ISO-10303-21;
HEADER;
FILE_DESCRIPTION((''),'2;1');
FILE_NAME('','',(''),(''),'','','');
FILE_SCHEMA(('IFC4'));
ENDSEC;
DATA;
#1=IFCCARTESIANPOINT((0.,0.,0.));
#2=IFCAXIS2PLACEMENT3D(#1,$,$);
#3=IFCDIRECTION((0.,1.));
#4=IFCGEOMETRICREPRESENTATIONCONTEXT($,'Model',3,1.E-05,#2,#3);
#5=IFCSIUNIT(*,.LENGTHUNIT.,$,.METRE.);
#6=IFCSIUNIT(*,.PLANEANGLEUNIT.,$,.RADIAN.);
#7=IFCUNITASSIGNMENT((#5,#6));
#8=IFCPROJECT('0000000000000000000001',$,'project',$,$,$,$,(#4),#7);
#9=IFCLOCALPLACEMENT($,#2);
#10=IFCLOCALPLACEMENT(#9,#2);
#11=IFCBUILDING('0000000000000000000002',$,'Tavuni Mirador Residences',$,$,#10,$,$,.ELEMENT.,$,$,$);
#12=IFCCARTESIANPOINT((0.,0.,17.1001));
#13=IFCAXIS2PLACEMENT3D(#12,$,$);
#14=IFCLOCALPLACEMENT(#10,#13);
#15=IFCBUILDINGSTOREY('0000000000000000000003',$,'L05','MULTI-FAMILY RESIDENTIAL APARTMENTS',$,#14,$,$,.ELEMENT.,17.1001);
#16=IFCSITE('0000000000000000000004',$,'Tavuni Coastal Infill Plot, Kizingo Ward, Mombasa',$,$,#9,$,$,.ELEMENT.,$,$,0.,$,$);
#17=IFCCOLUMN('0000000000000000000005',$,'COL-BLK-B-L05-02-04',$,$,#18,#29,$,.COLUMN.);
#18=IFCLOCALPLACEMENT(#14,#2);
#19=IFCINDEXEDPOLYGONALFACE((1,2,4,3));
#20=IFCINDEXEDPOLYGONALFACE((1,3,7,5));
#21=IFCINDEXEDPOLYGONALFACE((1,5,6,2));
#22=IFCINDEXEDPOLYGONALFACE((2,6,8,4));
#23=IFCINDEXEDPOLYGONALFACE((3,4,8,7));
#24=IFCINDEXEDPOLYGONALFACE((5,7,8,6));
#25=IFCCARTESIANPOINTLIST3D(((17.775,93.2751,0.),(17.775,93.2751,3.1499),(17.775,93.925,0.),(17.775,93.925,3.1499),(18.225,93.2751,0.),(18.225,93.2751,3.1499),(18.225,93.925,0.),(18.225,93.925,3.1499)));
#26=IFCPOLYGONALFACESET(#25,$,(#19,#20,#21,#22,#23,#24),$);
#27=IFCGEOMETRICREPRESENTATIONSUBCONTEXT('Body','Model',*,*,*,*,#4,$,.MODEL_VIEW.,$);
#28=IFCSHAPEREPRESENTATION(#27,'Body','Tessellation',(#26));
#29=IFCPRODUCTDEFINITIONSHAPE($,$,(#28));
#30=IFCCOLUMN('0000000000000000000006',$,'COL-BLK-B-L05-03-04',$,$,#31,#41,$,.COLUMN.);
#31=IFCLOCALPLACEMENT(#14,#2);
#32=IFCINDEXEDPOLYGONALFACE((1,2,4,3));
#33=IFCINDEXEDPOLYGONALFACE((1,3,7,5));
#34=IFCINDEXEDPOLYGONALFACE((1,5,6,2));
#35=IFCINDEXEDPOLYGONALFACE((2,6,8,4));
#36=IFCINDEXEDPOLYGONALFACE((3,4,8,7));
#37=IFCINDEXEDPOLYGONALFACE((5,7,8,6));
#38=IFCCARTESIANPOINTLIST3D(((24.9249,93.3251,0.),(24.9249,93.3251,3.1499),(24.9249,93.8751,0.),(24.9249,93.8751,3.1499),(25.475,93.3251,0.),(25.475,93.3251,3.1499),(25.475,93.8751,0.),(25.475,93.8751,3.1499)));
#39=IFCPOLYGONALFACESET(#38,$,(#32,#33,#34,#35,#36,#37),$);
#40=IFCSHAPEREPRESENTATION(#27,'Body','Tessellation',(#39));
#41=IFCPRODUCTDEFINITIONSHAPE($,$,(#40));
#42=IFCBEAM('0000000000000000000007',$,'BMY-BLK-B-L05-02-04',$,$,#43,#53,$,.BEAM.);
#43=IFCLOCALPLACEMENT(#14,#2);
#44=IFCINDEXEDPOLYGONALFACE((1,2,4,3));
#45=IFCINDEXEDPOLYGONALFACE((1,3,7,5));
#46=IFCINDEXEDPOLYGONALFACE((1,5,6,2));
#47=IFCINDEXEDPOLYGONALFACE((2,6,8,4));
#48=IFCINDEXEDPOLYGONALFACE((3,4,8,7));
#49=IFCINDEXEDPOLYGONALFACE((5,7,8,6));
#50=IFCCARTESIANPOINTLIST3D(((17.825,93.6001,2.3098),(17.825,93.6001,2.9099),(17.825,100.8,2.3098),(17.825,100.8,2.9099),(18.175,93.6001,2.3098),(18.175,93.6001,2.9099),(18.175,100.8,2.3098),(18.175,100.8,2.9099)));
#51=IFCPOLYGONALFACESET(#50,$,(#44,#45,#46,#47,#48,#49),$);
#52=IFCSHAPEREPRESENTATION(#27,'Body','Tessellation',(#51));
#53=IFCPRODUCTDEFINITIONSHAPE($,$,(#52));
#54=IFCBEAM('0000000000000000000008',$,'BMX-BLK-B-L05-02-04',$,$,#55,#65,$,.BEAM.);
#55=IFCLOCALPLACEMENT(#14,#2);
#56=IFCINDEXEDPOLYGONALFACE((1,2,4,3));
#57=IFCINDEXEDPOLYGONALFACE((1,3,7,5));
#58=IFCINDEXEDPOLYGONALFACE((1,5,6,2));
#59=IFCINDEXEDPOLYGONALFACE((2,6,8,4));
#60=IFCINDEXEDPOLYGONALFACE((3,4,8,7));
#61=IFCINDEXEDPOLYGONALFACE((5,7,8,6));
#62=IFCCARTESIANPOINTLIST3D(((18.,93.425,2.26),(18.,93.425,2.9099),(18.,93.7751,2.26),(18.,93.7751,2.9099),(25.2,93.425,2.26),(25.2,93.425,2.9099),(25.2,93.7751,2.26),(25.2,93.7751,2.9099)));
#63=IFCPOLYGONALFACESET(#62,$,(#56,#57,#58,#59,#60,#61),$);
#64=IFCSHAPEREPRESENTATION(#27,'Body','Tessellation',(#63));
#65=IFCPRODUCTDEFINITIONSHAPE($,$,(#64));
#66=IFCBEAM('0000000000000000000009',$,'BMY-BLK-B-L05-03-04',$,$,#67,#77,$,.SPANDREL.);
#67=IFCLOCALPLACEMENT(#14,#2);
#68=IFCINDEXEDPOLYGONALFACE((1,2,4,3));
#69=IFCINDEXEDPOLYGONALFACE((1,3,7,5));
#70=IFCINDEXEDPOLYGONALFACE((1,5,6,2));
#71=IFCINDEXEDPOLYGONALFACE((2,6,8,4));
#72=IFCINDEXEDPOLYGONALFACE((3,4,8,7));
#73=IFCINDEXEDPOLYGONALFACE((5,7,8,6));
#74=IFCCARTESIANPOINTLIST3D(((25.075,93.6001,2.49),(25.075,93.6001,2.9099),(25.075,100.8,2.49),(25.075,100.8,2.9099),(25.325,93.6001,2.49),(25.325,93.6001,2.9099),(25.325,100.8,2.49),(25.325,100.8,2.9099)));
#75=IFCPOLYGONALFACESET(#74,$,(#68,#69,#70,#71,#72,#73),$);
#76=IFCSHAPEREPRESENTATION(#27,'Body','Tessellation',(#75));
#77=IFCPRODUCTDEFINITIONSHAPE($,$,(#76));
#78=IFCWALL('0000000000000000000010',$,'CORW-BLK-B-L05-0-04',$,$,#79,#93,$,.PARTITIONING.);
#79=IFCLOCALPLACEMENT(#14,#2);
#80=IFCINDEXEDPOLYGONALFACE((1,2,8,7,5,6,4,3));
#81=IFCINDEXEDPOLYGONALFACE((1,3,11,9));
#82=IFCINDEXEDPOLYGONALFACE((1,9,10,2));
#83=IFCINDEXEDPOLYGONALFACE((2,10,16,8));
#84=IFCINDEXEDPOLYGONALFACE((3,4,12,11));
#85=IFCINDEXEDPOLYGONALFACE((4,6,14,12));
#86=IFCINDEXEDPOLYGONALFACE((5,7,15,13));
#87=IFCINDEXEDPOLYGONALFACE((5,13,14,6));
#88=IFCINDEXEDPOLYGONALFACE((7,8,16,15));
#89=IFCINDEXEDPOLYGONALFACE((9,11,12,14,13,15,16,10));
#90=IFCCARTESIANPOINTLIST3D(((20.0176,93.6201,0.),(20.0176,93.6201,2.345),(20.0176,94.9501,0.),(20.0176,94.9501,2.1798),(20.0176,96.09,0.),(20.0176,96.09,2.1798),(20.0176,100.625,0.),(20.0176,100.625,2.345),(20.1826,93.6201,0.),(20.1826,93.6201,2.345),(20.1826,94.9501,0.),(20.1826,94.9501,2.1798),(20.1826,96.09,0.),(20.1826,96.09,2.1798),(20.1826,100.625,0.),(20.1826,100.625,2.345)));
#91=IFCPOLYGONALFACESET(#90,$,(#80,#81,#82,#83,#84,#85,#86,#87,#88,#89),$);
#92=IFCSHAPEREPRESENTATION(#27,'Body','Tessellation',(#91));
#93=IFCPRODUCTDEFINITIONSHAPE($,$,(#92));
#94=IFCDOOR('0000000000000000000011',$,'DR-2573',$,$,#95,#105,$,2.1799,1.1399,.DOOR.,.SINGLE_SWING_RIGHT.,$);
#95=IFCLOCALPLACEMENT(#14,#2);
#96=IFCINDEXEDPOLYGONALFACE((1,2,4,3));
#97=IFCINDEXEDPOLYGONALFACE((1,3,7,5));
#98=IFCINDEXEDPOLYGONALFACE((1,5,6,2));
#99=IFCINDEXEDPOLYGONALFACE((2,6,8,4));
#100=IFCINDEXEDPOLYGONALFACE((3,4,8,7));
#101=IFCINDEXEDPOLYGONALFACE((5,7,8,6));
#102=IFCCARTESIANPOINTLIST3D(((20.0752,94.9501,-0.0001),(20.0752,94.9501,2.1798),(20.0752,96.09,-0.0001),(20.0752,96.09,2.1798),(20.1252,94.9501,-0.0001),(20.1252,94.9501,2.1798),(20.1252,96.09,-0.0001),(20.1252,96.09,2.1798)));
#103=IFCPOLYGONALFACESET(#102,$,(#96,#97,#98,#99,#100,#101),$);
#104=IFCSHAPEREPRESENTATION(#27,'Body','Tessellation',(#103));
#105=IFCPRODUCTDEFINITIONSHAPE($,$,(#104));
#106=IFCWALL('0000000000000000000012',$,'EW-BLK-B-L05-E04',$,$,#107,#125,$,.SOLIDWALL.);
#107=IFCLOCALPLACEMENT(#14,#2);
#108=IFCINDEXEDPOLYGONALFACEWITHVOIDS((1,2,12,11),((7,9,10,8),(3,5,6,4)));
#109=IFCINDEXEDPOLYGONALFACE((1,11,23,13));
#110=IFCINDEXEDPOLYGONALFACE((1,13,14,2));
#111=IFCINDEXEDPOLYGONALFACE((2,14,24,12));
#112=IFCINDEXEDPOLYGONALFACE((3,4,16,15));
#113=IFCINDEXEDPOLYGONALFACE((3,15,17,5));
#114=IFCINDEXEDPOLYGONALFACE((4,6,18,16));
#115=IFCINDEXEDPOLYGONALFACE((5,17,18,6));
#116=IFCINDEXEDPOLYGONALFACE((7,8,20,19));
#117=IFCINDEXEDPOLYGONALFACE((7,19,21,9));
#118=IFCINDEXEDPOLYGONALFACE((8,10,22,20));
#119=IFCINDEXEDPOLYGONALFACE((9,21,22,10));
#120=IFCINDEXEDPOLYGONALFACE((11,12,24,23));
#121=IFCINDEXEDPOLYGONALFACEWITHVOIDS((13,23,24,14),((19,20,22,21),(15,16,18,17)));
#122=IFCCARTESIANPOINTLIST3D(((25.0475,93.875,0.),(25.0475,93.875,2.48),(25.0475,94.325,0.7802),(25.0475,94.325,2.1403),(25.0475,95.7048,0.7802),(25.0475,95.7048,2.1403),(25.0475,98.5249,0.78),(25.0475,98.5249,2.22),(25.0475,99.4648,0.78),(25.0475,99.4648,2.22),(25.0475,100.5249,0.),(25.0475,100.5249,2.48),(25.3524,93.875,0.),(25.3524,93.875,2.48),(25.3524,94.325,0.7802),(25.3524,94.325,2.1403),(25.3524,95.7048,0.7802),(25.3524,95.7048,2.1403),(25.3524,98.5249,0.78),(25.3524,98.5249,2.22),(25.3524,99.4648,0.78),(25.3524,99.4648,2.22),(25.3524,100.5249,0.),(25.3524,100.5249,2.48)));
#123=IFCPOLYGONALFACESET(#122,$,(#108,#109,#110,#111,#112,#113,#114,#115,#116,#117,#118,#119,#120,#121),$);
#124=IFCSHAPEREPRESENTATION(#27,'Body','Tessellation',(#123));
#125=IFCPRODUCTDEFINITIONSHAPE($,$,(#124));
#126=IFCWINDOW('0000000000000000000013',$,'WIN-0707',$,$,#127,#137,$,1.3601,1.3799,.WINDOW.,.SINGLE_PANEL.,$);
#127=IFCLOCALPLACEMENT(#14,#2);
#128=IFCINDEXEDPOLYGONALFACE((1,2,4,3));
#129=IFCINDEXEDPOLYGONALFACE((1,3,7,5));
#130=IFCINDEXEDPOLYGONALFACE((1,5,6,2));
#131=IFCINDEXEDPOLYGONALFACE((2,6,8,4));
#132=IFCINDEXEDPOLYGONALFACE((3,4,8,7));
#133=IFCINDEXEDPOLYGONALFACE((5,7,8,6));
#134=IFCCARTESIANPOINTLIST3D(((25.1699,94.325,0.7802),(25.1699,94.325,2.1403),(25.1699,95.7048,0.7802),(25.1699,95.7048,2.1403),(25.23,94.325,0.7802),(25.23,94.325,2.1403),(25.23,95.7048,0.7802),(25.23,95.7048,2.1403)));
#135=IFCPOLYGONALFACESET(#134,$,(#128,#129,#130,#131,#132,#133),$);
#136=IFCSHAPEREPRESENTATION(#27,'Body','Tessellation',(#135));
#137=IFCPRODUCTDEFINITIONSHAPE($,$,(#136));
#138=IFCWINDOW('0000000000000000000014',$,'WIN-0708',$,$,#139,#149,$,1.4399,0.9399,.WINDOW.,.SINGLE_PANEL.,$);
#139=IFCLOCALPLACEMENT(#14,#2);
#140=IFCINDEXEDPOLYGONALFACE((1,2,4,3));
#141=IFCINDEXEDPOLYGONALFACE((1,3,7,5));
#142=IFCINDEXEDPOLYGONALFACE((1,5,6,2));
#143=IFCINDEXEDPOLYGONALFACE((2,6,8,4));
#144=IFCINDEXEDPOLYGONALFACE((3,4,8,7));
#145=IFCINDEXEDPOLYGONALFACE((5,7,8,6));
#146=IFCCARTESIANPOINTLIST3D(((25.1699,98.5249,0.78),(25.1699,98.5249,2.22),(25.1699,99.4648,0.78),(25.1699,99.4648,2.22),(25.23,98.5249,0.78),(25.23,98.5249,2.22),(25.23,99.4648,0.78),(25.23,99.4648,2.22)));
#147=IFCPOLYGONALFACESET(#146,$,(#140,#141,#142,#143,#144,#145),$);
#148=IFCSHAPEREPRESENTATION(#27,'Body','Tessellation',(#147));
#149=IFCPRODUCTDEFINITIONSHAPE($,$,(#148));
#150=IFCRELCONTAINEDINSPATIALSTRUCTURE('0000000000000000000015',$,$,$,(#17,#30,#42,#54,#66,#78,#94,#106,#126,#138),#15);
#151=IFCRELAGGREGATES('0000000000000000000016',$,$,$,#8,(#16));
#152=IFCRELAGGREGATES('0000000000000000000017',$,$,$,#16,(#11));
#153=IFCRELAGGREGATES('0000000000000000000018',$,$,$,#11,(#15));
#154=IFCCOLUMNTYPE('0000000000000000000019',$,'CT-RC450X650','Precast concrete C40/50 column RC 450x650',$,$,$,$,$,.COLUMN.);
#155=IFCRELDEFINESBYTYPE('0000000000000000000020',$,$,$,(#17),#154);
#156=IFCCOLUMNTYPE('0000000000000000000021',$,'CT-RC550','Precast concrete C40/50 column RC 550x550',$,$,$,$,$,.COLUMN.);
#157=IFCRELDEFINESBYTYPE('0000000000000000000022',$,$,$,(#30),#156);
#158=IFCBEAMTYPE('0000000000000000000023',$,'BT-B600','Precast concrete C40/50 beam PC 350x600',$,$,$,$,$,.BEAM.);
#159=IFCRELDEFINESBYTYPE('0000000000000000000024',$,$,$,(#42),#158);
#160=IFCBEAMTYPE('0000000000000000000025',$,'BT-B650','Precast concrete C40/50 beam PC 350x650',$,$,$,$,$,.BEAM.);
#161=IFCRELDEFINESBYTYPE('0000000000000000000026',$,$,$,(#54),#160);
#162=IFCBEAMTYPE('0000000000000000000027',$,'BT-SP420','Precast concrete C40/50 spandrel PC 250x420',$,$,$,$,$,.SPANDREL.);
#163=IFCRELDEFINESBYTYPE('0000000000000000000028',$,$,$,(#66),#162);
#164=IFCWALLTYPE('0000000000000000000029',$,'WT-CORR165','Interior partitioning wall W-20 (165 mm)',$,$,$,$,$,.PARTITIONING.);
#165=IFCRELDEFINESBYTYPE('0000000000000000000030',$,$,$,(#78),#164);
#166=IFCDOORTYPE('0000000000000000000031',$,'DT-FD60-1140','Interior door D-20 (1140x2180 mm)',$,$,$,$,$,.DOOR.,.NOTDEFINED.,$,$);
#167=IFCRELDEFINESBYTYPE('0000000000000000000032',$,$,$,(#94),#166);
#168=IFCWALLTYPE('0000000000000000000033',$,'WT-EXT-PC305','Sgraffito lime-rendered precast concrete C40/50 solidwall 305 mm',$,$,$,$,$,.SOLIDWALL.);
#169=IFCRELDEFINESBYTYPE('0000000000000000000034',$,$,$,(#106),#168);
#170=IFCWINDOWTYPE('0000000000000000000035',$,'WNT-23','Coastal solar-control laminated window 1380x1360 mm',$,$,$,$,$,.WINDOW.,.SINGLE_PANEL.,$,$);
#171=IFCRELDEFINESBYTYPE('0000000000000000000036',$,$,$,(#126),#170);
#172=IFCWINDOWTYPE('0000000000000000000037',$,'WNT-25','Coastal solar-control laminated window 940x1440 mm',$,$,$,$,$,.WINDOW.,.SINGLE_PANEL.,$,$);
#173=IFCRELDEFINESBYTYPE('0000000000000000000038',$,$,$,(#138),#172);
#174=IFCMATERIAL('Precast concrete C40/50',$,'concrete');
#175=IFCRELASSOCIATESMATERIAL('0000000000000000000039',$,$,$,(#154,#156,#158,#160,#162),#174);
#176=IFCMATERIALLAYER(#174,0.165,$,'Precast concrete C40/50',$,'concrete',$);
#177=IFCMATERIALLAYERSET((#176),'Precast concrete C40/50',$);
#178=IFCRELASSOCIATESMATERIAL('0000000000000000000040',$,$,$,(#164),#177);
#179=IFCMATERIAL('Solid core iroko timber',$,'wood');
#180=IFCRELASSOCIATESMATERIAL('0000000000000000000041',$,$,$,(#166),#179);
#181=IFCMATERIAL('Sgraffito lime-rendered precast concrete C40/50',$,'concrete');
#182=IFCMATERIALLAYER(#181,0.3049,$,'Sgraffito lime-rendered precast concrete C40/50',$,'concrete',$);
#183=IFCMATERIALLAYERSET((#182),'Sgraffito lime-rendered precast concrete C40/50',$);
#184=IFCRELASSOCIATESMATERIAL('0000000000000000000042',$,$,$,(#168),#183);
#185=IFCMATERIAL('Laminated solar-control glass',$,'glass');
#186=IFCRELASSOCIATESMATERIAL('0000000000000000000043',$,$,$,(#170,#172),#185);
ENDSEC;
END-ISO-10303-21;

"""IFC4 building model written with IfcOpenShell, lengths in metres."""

from ifc_helpers import new_model, si_unit, direction, frame, frame_2d, origin, origin_2d, place, context, subcontext, project, spatial, rectangle, extrude, material, layer, layer_set, material_profile, profile_set, type_object, element, fill, save


model = new_model("IFC4")

# Units and contexts
model_context = context("Model", 3, precision=1e-05, world=origin(), true_north=direction((0.0, 1.0)))
body_context = subcontext(model_context, "Body", "Model", "MODEL_VIEW")
ifc_project = project(units=[si_unit("LENGTHUNIT", "METRE"), si_unit("PLANEANGLEUNIT", "RADIAN")], contexts=[model_context])

# Site, building, storey
site_placement = place(None, origin())
site = spatial("IfcSite", under=ifc_project, at=site_placement, Name="Tavuni Coastal Infill Plot, Kizingo Ward, Mombasa", CompositionType="ELEMENT", RefElevation=0.0)
building_placement = place(site_placement, origin())
building = spatial("IfcBuilding", under=site, at=building_placement, Name="Tavuni Mirador Residences", CompositionType="ELEMENT")
storey_placement = place(building_placement, frame((0.0, 0.0, 17.1001)))
storey = spatial("IfcBuildingStorey", under=building, at=storey_placement, Name="L05", Description="MULTI-FAMILY RESIDENTIAL APARTMENTS", CompositionType="ELEMENT", Elevation=17.1001)

# Columns
ifc_material_1 = material(Name="Precast concrete C40/50", Category="concrete")
ifc_material_profile_1 = material_profile(ifc_material_1, rectangle(XDim=0.45, YDim=0.6499, at=origin_2d()), Name="RC 450x650", Category="concrete")
ifc_profile_set_1 = profile_set([ifc_material_profile_1], Name="Precast concrete C40/50")
column_type_1 = type_object("IfcColumnType", Name="CT-RC450X650", Description="Precast concrete C40/50 column RC 450x650", PredefinedType="COLUMN", material=ifc_profile_set_1)
column_1_placement = place(storey_placement, frame((18.0, 93.6001, 0.0), z_axis=(0.0, 0.0, 1.0), x_axis=(1.0, 0.0, 0.0)))
element("IfcColumn", 1, at=column_1_placement, inside=storey, type_object=column_type_1, Name="COL-BLK-B-L05-02-04", PredefinedType="COLUMN", context=body_context, shape_type="SweptSolid", body=[
    extrude(rectangle(XDim=0.45, YDim=0.6499, at=origin_2d()), origin(), (0.0, 0.0, 1.0), 3.1499),
])
ifc_material_profile_2 = material_profile(ifc_material_1, rectangle(XDim=0.55, YDim=0.55, at=origin_2d()), Name="RC 550x550", Category="concrete")
ifc_profile_set_2 = profile_set([ifc_material_profile_2], Name="Precast concrete C40/50")
column_type_2 = type_object("IfcColumnType", Name="CT-RC550", Description="Precast concrete C40/50 column RC 550x550", PredefinedType="COLUMN", material=ifc_profile_set_2)
column_2_placement = place(storey_placement, frame((25.2, 93.6001, 0.0), z_axis=(0.0, 0.0, 1.0), x_axis=(1.0, 0.0, 0.0)))
element("IfcColumn", 2, at=column_2_placement, inside=storey, type_object=column_type_2, Name="COL-BLK-B-L05-03-04", PredefinedType="COLUMN", context=body_context, shape_type="SweptSolid", body=[
    extrude(rectangle(XDim=0.55, YDim=0.55, at=origin_2d()), origin(), (0.0, 0.0, 1.0), 3.1499),
])

# Beams
ifc_material_profile_3 = material_profile(ifc_material_1, rectangle(XDim=0.3501, YDim=0.6001, at=origin_2d()), Name="PC 350x600", Category="concrete")
ifc_profile_set_3 = profile_set([ifc_material_profile_3], Name="Precast concrete C40/50")
beam_type_1 = type_object("IfcBeamType", Name="BT-B600", Description="Precast concrete C40/50 beam PC 350x600", PredefinedType="BEAM", material=ifc_profile_set_3)
beam_1_placement = place(storey_placement, frame((18.0, 93.6001, 2.6099), z_axis=(0.0, 1.0, 0.0), x_axis=(-1.0, 0.0, 0.0)))
element("IfcBeam", 3, at=beam_1_placement, inside=storey, type_object=beam_type_1, Name="BMY-BLK-B-L05-02-04", PredefinedType="BEAM", context=body_context, shape_type="SweptSolid", body=[
    extrude(rectangle(XDim=0.3501, YDim=0.6001, at=origin_2d()), origin(), (0.0, 0.0, 1.0), 7.2),
])
ifc_material_profile_4 = material_profile(ifc_material_1, rectangle(XDim=0.3501, YDim=0.6499, at=origin_2d()), Name="PC 350x650", Category="concrete")
ifc_profile_set_4 = profile_set([ifc_material_profile_4], Name="Precast concrete C40/50")
beam_type_2 = type_object("IfcBeamType", Name="BT-B650", Description="Precast concrete C40/50 beam PC 350x650", PredefinedType="BEAM", material=ifc_profile_set_4)
beam_2_placement = place(storey_placement, frame((18.0, 93.6001, 2.585), z_axis=(1.0, 0.0, 0.0), x_axis=(0.0, 1.0, 0.0)))
element("IfcBeam", 4, at=beam_2_placement, inside=storey, type_object=beam_type_2, Name="BMX-BLK-B-L05-02-04", PredefinedType="BEAM", context=body_context, shape_type="SweptSolid", body=[
    extrude(rectangle(XDim=0.3501, YDim=0.6499, at=origin_2d()), origin(), (0.0, 0.0, 1.0), 7.2),
])
ifc_material_profile_5 = material_profile(ifc_material_1, rectangle(XDim=0.25, YDim=0.4199, at=origin_2d()), Name="PC 250x420", Category="concrete")
ifc_profile_set_5 = profile_set([ifc_material_profile_5], Name="Precast concrete C40/50")
beam_type_3 = type_object("IfcBeamType", Name="BT-SP420", Description="Precast concrete C40/50 spandrel PC 250x420", PredefinedType="SPANDREL", material=ifc_profile_set_5)
beam_3_placement = place(storey_placement, frame((25.2, 93.6001, 2.7), z_axis=(0.0, 1.0, 0.0), x_axis=(-1.0, 0.0, 0.0)))
element("IfcBeam", 5, at=beam_3_placement, inside=storey, type_object=beam_type_3, Name="BMY-BLK-B-L05-03-04", PredefinedType="SPANDREL", context=body_context, shape_type="SweptSolid", body=[
    extrude(rectangle(XDim=0.25, YDim=0.4199, at=origin_2d()), origin(), (0.0, 0.0, 1.0), 7.2),
])

# Wall, opening, door
ifc_layer_1 = layer(ifc_material_1, 0.165, Name="Precast concrete C40/50", Category="concrete")
ifc_layer_set_1 = layer_set([ifc_layer_1], Name="Precast concrete C40/50")
wall_type_1 = type_object("IfcWallType", Name="WT-CORR165", Description="Interior partitioning wall W-20 (165 mm)", PredefinedType="PARTITIONING", material=ifc_layer_set_1)
wall_1_placement = place(storey_placement, frame((20.1001, 93.6201, 0.0), z_axis=(0.0, 0.0, 1.0), x_axis=(0.0, 1.0, 0.0)))
wall_1 = element("IfcWall", 6, at=wall_1_placement, inside=storey, type_object=wall_type_1, Name="CORW-BLK-B-L05-0-04", PredefinedType="PARTITIONING", context=body_context, shape_type="SweptSolid", body=[
    extrude(rectangle(XDim=7.0049, YDim=0.165, at=frame_2d((3.5024, 0.0))), origin(), (0.0, 0.0, 1.0), 2.345),
])
opening_1_placement = place(wall_1_placement, frame((1.3301, 0.0, 0.0)))
opening_1 = element("IfcOpeningElement", 7, at=opening_1_placement, cuts=wall_1, PredefinedType="OPENING", context=body_context, shape_type="SweptSolid", body=[
    extrude(rectangle(XDim=1.1399, YDim=2.1799, at=frame_2d((0.5698, 1.0898))), frame((0.0, 0.0925, 0.0), z_axis=(0.0, -1.0, 0.0), x_axis=(1.0, 0.0, 0.0)), (0.0, 0.0, 1.0), 0.1851),
])
ifc_material_2 = material(Name="Solid core iroko timber", Category="wood")
door_type_1 = type_object("IfcDoorType", Name="DT-FD60-1140", Description="Interior door D-20 (1140x2180 mm)", OperationType="NOTDEFINED", PredefinedType="DOOR", material=ifc_material_2)
door_1_placement = place(opening_1_placement, origin())
door_1 = element("IfcDoor", 8, at=door_1_placement, inside=storey, type_object=door_type_1, Name="DR-2573", OperationType="SINGLE_SWING_RIGHT", OverallHeight=2.1799, OverallWidth=1.1399, PredefinedType="DOOR", context=body_context, shape_type="SweptSolid", body=[
    extrude(rectangle(XDim=1.1399, YDim=2.1799, at=frame_2d((0.5698, 1.0898))), frame((0.0, 0.0249, 0.0), z_axis=(0.0, -1.0, 0.0), x_axis=(1.0, 0.0, 0.0)), (0.0, 0.0, 1.0), 0.05),
])
fill(opening_1, door_1)

# Wall, openings, windows
ifc_material_3 = material(Name="Sgraffito lime-rendered precast concrete C40/50", Category="concrete")
ifc_layer_2 = layer(ifc_material_3, 0.3049, Name="Sgraffito lime-rendered precast concrete C40/50", Category="concrete")
ifc_layer_set_2 = layer_set([ifc_layer_2], Name="Sgraffito lime-rendered precast concrete C40/50")
wall_type_2 = type_object("IfcWallType", Name="WT-EXT-PC305", Description="Sgraffito lime-rendered precast concrete C40/50 solidwall 305 mm", PredefinedType="SOLIDWALL", material=ifc_layer_set_2)
wall_2_placement = place(storey_placement, frame((25.2, 93.875, 0.0), z_axis=(0.0, 0.0, 1.0), x_axis=(0.0, 1.0, 0.0)))
wall_2 = element("IfcWall", 9, at=wall_2_placement, inside=storey, type_object=wall_type_2, Name="EW-BLK-B-L05-E04", PredefinedType="SOLIDWALL", context=body_context, shape_type="SweptSolid", body=[
    extrude(rectangle(XDim=6.6499, YDim=0.3049, at=frame_2d((3.325, 0.0))), origin(), (0.0, 0.0, 1.0), 2.48),
])
opening_2_placement = place(wall_2_placement, frame((0.45, 0.0, 0.78)))
opening_2 = element("IfcOpeningElement", 10, at=opening_2_placement, cuts=wall_2, PredefinedType="OPENING", context=body_context, shape_type="SweptSolid", body=[
    extrude(rectangle(XDim=1.3799, YDim=1.3601, at=frame_2d((0.6899, 0.6802))), frame((0.0, 0.1626, 0.0), z_axis=(0.0, -1.0, 0.0), x_axis=(1.0, 0.0, 0.0)), (0.0, 0.0, 1.0), 0.325),
])
opening_3_placement = place(wall_2_placement, frame((4.6499, 0.0, 0.78)))
opening_3 = element("IfcOpeningElement", 11, at=opening_3_placement, cuts=wall_2, PredefinedType="OPENING", context=body_context, shape_type="SweptSolid", body=[
    extrude(rectangle(XDim=0.9399, YDim=1.4399, at=frame_2d((0.47, 0.72))), frame((0.0, 0.1626, 0.0), z_axis=(0.0, -1.0, 0.0), x_axis=(1.0, 0.0, 0.0)), (0.0, 0.0, 1.0), 0.325),
])
ifc_material_4 = material(Name="Laminated solar-control glass", Category="glass")
window_type_1 = type_object("IfcWindowType", Name="WNT-23", Description="Coastal solar-control laminated window 1380x1360 mm", PartitioningType="SINGLE_PANEL", PredefinedType="WINDOW", material=ifc_material_4)
window_1_placement = place(opening_2_placement, origin())
window_1 = element("IfcWindow", 12, at=window_1_placement, inside=storey, type_object=window_type_1, Name="WIN-0707", OverallHeight=1.3601, OverallWidth=1.3799, PartitioningType="SINGLE_PANEL", PredefinedType="WINDOW", context=body_context, shape_type="SweptSolid", body=[
    extrude(rectangle(XDim=1.3799, YDim=1.3601, at=frame_2d((0.6899, 0.6802))), frame((0.0, 0.03, 0.0), z_axis=(0.0, -1.0, 0.0), x_axis=(1.0, 0.0, 0.0)), (0.0, 0.0, 1.0), 0.0601),
])
fill(opening_2, window_1)
window_type_2 = type_object("IfcWindowType", Name="WNT-25", Description="Coastal solar-control laminated window 940x1440 mm", PartitioningType="SINGLE_PANEL", PredefinedType="WINDOW", material=ifc_material_4)
window_2_placement = place(opening_3_placement, origin())
window_2 = element("IfcWindow", 13, at=window_2_placement, inside=storey, type_object=window_type_2, Name="WIN-0708", OverallHeight=1.4399, OverallWidth=0.9399, PartitioningType="SINGLE_PANEL", PredefinedType="WINDOW", context=body_context, shape_type="SweptSolid", body=[
    extrude(rectangle(XDim=0.9399, YDim=1.4399, at=frame_2d((0.47, 0.72))), frame((0.0, 0.03, 0.0), z_axis=(0.0, -1.0, 0.0), x_axis=(1.0, 0.0, 0.0)), (0.0, 0.0, 1.0), 0.0601),
])
fill(opening_3, window_2)

save(model, "model.ifc")
